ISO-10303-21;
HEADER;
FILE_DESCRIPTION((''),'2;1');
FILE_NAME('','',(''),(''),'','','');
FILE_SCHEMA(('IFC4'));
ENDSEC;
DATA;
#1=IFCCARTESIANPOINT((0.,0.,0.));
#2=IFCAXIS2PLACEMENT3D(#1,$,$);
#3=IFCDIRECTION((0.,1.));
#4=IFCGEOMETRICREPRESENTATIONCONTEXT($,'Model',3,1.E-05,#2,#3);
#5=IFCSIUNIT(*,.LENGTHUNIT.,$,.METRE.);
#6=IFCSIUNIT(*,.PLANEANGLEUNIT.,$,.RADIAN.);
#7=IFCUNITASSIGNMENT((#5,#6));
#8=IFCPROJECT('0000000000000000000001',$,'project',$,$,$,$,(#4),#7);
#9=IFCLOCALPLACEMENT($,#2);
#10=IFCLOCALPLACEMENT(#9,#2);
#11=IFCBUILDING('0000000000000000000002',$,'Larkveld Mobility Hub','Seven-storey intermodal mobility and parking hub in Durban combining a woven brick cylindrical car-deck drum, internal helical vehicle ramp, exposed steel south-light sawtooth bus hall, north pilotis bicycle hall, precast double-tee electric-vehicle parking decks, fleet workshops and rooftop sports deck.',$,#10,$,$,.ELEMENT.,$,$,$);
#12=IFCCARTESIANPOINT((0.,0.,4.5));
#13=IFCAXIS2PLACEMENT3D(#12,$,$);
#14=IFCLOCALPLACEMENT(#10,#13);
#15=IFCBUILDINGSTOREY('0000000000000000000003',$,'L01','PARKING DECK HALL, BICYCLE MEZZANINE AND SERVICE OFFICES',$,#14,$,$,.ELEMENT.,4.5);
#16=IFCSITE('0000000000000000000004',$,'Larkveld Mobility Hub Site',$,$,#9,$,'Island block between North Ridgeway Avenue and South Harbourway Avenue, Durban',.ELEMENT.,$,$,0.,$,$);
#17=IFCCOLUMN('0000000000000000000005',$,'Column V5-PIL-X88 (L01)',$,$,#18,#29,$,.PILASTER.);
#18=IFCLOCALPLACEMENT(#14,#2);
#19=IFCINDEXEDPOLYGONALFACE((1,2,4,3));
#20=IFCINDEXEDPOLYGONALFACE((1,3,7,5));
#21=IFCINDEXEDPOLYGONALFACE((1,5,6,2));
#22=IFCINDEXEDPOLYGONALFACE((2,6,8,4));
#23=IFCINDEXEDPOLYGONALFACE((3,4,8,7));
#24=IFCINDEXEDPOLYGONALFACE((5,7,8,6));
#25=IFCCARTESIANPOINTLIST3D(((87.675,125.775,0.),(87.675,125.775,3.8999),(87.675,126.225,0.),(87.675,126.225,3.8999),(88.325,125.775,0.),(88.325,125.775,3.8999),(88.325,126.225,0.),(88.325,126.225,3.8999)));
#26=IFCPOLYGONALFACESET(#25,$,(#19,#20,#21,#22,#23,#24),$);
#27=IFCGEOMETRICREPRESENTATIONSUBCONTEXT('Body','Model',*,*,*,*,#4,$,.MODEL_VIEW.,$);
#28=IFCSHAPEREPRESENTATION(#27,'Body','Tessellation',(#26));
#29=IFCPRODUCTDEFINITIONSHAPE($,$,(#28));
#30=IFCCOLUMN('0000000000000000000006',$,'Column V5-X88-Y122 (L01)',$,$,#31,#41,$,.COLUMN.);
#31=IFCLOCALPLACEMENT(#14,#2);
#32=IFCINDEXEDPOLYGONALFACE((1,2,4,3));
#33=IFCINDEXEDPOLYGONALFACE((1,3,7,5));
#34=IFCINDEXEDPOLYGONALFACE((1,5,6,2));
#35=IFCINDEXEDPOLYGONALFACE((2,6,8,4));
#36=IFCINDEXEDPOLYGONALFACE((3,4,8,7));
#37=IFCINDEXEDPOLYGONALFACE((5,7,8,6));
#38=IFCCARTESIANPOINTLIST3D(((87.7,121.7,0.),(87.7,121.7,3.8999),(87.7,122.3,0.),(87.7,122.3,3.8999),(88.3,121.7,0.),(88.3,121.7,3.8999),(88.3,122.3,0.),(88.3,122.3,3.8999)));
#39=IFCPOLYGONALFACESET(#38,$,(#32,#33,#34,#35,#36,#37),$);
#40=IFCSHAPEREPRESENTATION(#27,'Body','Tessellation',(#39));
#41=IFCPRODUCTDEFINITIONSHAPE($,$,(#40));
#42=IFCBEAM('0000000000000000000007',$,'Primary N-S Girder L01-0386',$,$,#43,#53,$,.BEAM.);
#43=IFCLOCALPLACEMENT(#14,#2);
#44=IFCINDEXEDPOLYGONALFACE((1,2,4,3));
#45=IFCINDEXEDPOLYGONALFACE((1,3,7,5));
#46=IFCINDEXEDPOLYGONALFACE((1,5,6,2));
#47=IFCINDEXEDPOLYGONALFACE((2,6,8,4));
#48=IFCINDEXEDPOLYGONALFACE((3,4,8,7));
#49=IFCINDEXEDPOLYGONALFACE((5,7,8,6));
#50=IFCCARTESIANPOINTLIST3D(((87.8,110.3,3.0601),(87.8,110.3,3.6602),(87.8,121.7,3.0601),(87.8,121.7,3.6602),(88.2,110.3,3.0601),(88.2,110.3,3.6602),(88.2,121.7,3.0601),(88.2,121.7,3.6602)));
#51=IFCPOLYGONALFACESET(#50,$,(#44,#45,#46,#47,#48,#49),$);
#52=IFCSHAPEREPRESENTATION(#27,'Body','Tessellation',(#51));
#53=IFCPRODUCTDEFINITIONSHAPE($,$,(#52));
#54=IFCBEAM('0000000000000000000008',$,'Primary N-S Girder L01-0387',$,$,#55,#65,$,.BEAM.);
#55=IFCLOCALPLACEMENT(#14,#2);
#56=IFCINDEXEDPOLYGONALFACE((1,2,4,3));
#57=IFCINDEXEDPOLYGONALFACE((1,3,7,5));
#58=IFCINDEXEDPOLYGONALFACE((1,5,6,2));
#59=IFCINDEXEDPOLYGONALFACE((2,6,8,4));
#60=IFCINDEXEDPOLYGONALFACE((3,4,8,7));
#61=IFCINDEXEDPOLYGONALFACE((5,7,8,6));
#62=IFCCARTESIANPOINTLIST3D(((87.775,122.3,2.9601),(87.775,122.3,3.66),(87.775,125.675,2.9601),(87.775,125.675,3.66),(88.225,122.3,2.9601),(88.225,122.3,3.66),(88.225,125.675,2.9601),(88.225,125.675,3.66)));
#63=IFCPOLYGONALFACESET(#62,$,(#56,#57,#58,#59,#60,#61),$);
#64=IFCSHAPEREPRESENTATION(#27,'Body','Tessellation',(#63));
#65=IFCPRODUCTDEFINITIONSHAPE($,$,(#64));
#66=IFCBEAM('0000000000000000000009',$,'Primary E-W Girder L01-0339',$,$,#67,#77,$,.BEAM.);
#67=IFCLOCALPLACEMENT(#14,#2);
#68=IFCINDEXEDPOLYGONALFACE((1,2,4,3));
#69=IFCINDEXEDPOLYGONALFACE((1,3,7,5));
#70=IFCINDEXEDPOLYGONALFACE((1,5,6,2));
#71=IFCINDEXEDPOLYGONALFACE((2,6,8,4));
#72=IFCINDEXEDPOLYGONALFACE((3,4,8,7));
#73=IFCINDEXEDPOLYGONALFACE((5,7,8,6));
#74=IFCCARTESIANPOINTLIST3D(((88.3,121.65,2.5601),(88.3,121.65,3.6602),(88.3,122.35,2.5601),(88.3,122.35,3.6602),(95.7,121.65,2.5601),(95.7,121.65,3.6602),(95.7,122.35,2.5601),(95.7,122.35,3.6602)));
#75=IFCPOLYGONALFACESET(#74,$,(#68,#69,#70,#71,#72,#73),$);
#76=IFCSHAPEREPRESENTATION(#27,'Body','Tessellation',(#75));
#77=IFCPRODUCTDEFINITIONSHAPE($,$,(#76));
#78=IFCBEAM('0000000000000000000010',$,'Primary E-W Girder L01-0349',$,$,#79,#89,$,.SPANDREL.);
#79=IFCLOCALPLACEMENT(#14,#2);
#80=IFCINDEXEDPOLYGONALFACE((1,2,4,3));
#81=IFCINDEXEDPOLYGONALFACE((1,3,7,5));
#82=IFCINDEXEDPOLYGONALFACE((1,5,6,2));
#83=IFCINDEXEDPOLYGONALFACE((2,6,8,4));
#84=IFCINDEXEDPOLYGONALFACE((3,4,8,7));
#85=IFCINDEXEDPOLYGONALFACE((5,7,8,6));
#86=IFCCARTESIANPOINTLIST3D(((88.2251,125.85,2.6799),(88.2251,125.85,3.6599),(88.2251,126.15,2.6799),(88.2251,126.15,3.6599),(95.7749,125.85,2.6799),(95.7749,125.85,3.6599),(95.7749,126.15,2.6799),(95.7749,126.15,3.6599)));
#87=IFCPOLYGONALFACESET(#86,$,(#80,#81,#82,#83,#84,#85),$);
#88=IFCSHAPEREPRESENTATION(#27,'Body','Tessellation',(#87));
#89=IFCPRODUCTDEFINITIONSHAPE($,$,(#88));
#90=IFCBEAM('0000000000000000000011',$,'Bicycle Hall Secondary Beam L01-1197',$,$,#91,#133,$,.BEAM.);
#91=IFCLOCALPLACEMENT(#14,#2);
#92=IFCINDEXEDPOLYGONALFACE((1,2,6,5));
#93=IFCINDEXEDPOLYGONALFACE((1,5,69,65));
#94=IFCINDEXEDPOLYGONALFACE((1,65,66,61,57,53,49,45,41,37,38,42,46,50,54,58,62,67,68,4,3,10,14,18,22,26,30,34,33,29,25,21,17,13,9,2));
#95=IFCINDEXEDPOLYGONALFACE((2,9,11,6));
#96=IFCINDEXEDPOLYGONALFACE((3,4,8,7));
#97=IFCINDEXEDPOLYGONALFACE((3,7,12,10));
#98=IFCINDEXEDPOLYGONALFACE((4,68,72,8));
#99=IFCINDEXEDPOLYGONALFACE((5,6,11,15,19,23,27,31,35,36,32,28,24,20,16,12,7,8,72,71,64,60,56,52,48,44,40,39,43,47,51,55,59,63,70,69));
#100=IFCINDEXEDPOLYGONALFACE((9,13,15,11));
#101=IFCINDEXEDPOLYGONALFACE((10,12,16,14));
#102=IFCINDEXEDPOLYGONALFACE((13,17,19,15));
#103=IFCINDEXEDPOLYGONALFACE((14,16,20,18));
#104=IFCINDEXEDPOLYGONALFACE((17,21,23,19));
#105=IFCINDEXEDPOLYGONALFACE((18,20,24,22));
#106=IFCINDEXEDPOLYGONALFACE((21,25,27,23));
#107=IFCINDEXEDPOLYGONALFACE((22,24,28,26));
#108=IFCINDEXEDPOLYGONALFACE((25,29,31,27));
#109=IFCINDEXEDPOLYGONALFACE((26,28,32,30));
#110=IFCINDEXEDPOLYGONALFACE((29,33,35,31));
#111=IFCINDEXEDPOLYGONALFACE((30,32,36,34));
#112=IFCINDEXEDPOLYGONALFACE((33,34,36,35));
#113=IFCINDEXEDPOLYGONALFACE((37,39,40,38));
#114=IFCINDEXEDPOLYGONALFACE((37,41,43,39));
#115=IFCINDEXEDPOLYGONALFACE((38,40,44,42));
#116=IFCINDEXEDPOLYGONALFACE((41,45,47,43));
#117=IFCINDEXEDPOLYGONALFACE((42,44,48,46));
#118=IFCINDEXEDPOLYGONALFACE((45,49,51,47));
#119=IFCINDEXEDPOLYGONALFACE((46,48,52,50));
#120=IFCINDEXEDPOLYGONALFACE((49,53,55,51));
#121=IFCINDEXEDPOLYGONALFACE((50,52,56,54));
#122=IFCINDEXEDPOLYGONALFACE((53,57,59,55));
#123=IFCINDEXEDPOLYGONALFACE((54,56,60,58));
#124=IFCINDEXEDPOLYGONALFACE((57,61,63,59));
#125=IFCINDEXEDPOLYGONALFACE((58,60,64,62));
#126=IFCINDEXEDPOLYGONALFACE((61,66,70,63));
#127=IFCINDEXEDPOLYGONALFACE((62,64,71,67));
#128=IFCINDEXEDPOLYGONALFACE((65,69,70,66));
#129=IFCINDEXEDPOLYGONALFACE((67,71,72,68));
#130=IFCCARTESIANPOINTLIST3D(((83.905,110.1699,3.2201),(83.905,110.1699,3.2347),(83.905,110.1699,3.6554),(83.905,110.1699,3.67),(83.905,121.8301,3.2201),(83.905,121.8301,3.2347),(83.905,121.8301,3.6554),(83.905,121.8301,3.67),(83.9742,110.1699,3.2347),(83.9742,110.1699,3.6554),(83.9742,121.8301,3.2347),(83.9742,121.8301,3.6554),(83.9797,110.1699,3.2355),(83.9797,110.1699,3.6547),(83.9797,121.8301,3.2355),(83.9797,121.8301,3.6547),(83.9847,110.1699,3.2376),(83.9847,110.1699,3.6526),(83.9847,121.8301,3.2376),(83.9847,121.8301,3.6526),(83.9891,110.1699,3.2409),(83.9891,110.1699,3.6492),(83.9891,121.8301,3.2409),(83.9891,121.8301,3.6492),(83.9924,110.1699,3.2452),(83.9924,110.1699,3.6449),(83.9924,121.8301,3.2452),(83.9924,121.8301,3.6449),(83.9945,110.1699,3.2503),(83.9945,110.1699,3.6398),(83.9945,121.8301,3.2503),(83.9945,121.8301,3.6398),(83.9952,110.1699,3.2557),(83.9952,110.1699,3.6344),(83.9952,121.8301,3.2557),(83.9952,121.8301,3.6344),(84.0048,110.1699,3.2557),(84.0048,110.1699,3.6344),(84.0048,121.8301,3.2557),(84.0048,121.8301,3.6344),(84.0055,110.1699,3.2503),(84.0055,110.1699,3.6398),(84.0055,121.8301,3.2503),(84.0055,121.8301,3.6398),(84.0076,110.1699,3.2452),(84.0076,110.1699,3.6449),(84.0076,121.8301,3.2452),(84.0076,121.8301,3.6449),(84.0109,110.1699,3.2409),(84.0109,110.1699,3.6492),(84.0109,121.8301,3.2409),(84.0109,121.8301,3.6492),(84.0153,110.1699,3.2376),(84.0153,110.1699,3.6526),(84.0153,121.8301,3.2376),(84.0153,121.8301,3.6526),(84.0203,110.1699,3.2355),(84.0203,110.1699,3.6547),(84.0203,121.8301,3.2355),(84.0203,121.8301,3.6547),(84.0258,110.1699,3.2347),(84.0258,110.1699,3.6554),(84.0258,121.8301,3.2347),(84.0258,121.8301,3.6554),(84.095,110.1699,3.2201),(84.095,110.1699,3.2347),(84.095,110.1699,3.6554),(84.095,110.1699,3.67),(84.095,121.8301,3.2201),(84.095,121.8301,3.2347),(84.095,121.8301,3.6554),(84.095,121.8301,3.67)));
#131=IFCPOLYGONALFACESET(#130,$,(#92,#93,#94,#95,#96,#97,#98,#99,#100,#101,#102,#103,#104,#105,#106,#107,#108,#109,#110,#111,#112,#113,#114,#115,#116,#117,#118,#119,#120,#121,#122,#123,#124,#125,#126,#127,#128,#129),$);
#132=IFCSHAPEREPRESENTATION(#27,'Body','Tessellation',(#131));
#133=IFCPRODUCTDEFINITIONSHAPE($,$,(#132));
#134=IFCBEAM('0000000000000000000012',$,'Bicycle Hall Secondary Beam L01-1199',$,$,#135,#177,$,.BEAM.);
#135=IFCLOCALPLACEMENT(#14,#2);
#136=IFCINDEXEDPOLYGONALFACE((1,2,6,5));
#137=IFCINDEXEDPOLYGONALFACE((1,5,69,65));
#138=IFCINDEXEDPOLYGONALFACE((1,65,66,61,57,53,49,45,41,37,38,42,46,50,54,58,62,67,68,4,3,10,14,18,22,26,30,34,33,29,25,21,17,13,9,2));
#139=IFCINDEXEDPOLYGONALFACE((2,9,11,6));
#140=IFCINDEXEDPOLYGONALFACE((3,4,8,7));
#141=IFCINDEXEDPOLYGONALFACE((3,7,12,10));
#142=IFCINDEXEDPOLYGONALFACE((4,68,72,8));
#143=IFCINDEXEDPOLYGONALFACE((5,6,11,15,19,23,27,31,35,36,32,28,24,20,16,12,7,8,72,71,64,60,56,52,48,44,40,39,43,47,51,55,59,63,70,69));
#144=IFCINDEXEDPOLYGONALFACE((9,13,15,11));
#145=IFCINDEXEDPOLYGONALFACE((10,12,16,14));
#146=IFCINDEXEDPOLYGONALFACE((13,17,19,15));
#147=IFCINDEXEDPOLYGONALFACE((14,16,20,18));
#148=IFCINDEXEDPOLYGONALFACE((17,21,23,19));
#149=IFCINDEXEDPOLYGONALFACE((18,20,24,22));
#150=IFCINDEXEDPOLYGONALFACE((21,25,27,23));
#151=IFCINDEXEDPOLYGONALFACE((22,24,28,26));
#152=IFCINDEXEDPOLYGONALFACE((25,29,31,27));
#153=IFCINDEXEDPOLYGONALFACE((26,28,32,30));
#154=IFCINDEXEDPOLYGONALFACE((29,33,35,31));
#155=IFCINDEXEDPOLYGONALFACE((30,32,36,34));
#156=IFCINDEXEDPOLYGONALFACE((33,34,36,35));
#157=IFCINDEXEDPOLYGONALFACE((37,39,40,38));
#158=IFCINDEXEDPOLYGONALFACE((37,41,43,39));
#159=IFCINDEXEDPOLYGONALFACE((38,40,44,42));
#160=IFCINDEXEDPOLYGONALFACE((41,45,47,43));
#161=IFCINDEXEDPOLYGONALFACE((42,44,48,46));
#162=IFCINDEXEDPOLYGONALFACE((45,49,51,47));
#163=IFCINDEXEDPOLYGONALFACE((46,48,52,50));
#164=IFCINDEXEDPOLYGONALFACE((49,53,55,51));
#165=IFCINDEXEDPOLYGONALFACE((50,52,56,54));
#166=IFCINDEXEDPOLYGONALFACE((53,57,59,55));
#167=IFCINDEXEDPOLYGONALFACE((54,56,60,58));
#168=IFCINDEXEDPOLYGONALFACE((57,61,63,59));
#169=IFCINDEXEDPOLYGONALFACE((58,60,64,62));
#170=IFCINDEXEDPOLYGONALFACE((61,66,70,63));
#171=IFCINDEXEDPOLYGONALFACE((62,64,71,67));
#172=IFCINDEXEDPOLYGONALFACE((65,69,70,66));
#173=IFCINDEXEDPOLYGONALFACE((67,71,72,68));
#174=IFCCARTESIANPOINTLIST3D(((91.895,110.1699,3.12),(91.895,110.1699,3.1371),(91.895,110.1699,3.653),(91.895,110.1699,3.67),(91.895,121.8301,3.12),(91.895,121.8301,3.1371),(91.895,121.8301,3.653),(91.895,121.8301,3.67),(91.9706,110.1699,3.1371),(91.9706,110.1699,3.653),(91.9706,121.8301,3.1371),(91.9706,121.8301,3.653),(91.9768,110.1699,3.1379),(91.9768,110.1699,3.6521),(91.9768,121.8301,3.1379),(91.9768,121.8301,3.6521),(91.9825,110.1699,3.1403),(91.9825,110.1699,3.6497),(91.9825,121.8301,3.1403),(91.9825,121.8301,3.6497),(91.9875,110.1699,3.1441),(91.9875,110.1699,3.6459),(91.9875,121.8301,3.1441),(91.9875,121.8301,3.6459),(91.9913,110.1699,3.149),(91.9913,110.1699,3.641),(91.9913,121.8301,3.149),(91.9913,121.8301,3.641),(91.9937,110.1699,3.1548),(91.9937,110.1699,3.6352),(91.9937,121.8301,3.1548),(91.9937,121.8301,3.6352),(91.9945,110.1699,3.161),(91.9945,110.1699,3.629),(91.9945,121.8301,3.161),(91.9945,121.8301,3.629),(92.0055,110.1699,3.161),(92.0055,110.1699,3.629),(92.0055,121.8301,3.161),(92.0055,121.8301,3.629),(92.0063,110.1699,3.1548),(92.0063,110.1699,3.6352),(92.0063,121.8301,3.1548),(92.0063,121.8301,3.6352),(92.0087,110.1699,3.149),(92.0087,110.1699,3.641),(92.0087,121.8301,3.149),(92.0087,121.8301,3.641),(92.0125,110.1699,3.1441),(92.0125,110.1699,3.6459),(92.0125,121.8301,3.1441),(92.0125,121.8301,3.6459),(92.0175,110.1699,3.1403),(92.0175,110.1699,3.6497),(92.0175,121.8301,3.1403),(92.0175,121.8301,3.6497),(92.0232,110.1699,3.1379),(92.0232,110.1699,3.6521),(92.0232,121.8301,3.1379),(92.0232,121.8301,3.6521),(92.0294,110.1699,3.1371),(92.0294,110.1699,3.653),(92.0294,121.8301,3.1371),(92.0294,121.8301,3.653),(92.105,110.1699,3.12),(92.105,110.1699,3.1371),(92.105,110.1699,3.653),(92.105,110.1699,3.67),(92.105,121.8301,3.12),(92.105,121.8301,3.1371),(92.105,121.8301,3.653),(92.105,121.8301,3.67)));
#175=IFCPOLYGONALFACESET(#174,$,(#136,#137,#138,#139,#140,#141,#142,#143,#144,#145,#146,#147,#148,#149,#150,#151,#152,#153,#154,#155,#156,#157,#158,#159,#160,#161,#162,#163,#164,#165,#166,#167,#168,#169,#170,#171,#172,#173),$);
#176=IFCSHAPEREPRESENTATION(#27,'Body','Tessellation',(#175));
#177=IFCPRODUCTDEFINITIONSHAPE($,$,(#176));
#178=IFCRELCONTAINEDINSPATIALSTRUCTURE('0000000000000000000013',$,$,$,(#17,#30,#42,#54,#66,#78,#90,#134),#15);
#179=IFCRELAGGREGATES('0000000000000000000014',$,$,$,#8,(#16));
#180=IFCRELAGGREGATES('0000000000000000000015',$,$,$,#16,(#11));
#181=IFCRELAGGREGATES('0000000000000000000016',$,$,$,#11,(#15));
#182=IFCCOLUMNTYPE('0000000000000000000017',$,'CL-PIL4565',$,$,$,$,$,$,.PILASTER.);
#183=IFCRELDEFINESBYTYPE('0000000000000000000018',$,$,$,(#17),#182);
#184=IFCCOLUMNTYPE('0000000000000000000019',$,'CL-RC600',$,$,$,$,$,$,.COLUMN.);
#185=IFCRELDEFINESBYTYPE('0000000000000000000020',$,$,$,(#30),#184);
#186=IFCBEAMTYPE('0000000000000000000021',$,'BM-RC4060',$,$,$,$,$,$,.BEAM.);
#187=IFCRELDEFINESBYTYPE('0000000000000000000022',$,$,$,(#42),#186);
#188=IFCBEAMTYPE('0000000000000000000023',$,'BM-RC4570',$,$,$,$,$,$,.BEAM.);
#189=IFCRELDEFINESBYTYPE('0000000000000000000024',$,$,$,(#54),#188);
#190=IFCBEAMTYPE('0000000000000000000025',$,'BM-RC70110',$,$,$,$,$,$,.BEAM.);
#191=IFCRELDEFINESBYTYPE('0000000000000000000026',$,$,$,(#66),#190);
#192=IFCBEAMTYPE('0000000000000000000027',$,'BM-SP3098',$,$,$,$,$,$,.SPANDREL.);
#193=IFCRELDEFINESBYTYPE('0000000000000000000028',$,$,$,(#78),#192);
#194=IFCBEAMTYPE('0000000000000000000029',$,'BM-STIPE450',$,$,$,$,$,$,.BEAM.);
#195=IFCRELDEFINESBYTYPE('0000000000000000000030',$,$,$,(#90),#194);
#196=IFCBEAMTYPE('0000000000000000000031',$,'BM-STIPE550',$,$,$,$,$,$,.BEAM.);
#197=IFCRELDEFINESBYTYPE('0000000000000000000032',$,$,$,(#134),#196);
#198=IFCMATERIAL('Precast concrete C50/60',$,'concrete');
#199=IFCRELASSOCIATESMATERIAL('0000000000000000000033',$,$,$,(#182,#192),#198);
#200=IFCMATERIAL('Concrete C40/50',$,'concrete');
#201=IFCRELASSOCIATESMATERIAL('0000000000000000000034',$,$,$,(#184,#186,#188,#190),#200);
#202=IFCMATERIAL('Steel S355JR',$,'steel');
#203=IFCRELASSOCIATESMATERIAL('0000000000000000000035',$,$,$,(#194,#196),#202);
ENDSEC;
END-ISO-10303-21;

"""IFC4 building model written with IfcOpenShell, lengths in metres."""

from ifc_helpers import new_model, si_unit, direction, frame, origin, origin_2d, place, context, subcontext, project, spatial, rectangle, i_section, extrude, material, material_profile, profile_set, type_object, element, save


model = new_model("IFC4")

# Units and contexts
model_context = context("Model", 3, precision=1e-05, world=origin(), true_north=direction((0.0, 1.0)))
body_context = subcontext(model_context, "Body", "Model", "MODEL_VIEW")
ifc_project = project(units=[si_unit("LENGTHUNIT", "METRE"), si_unit("PLANEANGLEUNIT", "RADIAN")], contexts=[model_context])

# Site, building, storey
site_placement = place(None, origin())
site = spatial("IfcSite", under=ifc_project, at=site_placement, Name="Larkveld Mobility Hub Site", LongName="Island block between North Ridgeway Avenue and South Harbourway Avenue, Durban", CompositionType="ELEMENT", RefElevation=0.0)
building_placement = place(site_placement, origin())
building = spatial("IfcBuilding", under=site, at=building_placement, Name="Larkveld Mobility Hub", Description="Seven-storey intermodal mobility and parking hub in Durban combining a woven brick cylindrical car-deck drum, internal helical vehicle ramp, exposed steel south-light sawtooth bus hall, north pilotis bicycle hall, precast double-tee electric-vehicle parking decks, fleet workshops and rooftop sports deck.", CompositionType="ELEMENT")
storey_placement = place(building_placement, frame((0.0, 0.0, 4.5)))
storey = spatial("IfcBuildingStorey", under=building, at=storey_placement, Name="L01", Description="PARKING DECK HALL, BICYCLE MEZZANINE AND SERVICE OFFICES", CompositionType="ELEMENT", Elevation=4.5)

# Columns
ifc_material_1 = material(Name="Precast concrete C50/60", Category="concrete")
ifc_material_profile_1 = material_profile(ifc_material_1, rectangle(XDim=0.45, YDim=0.6499, at=origin_2d()), Name="PC PIL 450x650")
ifc_profile_set_1 = profile_set([ifc_material_profile_1], Name="Precast concrete C50/60")
column_type_1 = type_object("IfcColumnType", Name="CL-PIL4565", PredefinedType="PILASTER", material=ifc_profile_set_1)
column_1_placement = place(storey_placement, frame((88.0, 126.0, 0.0), z_axis=(0.0, 0.0, 1.0), x_axis=(0.0, 1.0, 0.0)))
element("IfcColumn", 1, at=column_1_placement, inside=storey, type_object=column_type_1, Name="Column V5-PIL-X88 (L01)", PredefinedType="PILASTER", context=body_context, shape_type="SweptSolid", body=[
    extrude(rectangle(XDim=0.45, YDim=0.6499, at=origin_2d()), origin(), (0.0, 0.0, 1.0), 3.8999),
])
ifc_material_2 = material(Name="Concrete C40/50", Category="concrete")
ifc_material_profile_2 = material_profile(ifc_material_2, rectangle(XDim=0.6001, YDim=0.6001, at=origin_2d()), Name="RC COL 600x600")
ifc_profile_set_2 = profile_set([ifc_material_profile_2], Name="Concrete C40/50")
column_type_2 = type_object("IfcColumnType", Name="CL-RC600", PredefinedType="COLUMN", material=ifc_profile_set_2)
column_2_placement = place(storey_placement, frame((88.0, 122.0, 0.0), z_axis=(0.0, 0.0, 1.0), x_axis=(1.0, 0.0, 0.0)))
element("IfcColumn", 2, at=column_2_placement, inside=storey, type_object=column_type_2, Name="Column V5-X88-Y122 (L01)", PredefinedType="COLUMN", context=body_context, shape_type="SweptSolid", body=[
    extrude(rectangle(XDim=0.6001, YDim=0.6001, at=origin_2d()), origin(), (0.0, 0.0, 1.0), 3.8999),
])

# Beams
ifc_material_profile_3 = material_profile(ifc_material_2, rectangle(XDim=0.3999, YDim=0.6001, at=origin_2d()), Name="RC BM 400x600")
ifc_profile_set_3 = profile_set([ifc_material_profile_3], Name="Concrete C40/50")
beam_type_1 = type_object("IfcBeamType", Name="BM-RC4060", PredefinedType="BEAM", material=ifc_profile_set_3)
beam_1_placement = place(storey_placement, frame((88.0, 110.3, 3.3601), z_axis=(0.0, 1.0, 0.0), x_axis=(-1.0, 0.0, 0.0)))
element("IfcBeam", 3, at=beam_1_placement, inside=storey, type_object=beam_type_1, Name="Primary N-S Girder L01-0386", PredefinedType="BEAM", context=body_context, shape_type="SweptSolid", body=[
    extrude(rectangle(XDim=0.3999, YDim=0.6001, at=origin_2d()), origin(), (0.0, 0.0, 1.0), 11.3999),
])
ifc_material_profile_4 = material_profile(ifc_material_2, rectangle(XDim=0.45, YDim=0.7, at=origin_2d()), Name="RC BM 450x700")
ifc_profile_set_4 = profile_set([ifc_material_profile_4], Name="Concrete C40/50")
beam_type_2 = type_object("IfcBeamType", Name="BM-RC4570", PredefinedType="BEAM", material=ifc_profile_set_4)
beam_2_placement = place(storey_placement, frame((88.0, 122.3, 3.3101), z_axis=(0.0, 1.0, 0.0), x_axis=(-1.0, 0.0, 0.0)))
element("IfcBeam", 4, at=beam_2_placement, inside=storey, type_object=beam_type_2, Name="Primary N-S Girder L01-0387", PredefinedType="BEAM", context=body_context, shape_type="SweptSolid", body=[
    extrude(rectangle(XDim=0.45, YDim=0.7, at=origin_2d()), origin(), (0.0, 0.0, 1.0), 3.375),
])
ifc_material_profile_5 = material_profile(ifc_material_2, rectangle(XDim=0.7, YDim=1.1001, at=origin_2d()), Name="RC BM 700x1100")
ifc_profile_set_5 = profile_set([ifc_material_profile_5], Name="Concrete C40/50")
beam_type_3 = type_object("IfcBeamType", Name="BM-RC70110", PredefinedType="BEAM", material=ifc_profile_set_5)
beam_3_placement = place(storey_placement, frame((88.3, 122.0, 3.1101), z_axis=(1.0, 0.0, 0.0), x_axis=(0.0, 1.0, 0.0)))
element("IfcBeam", 5, at=beam_3_placement, inside=storey, type_object=beam_type_3, Name="Primary E-W Girder L01-0339", PredefinedType="BEAM", context=body_context, shape_type="SweptSolid", body=[
    extrude(rectangle(XDim=0.7, YDim=1.1001, at=origin_2d()), origin(), (0.0, 0.0, 1.0), 7.3999),
])
ifc_material_profile_6 = material_profile(ifc_material_1, rectangle(XDim=0.3, YDim=0.98, at=origin_2d()), Name="PC SP 300x980")
ifc_profile_set_6 = profile_set([ifc_material_profile_6], Name="Precast concrete C50/60")
beam_type_4 = type_object("IfcBeamType", Name="BM-SP3098", PredefinedType="SPANDREL", material=ifc_profile_set_6)
beam_4_placement = place(storey_placement, frame((88.2251, 126.0, 3.1699), z_axis=(1.0, 0.0, 0.0), x_axis=(0.0, 1.0, 0.0)))
element("IfcBeam", 6, at=beam_4_placement, inside=storey, type_object=beam_type_4, Name="Primary E-W Girder L01-0349", PredefinedType="SPANDREL", context=body_context, shape_type="SweptSolid", body=[
    extrude(rectangle(XDim=0.3, YDim=0.98, at=origin_2d()), origin(), (0.0, 0.0, 1.0), 7.5498),
])
ifc_material_3 = material(Name="Steel S355JR", Category="steel")
ifc_material_profile_7 = material_profile(ifc_material_3, i_section(OverallWidth=0.1899, OverallDepth=0.45, WebThickness=0.0095, FlangeThickness=0.0146, FilletRadius=0.021, at=origin_2d()), Name="IPE 450")
ifc_profile_set_7 = profile_set([ifc_material_profile_7], Name="Steel S355JR")
beam_type_5 = type_object("IfcBeamType", Name="BM-STIPE450", PredefinedType="BEAM", material=ifc_profile_set_7)
beam_5_placement = place(storey_placement, frame((84.0, 110.1699, 3.4451), z_axis=(0.0, 1.0, 0.0), x_axis=(-1.0, 0.0, 0.0)))
element("IfcBeam", 7, at=beam_5_placement, inside=storey, type_object=beam_type_5, Name="Bicycle Hall Secondary Beam L01-1197", PredefinedType="BEAM", context=body_context, shape_type="SweptSolid", body=[
    extrude(i_section(OverallWidth=0.1899, OverallDepth=0.45, WebThickness=0.0095, FlangeThickness=0.0146, FilletRadius=0.021, at=origin_2d()), origin(), (0.0, 0.0, 1.0), 11.6602),
])
ifc_material_profile_8 = material_profile(ifc_material_3, i_section(OverallWidth=0.21, OverallDepth=0.55, WebThickness=0.011, FlangeThickness=0.0171, FilletRadius=0.0239, at=origin_2d()), Name="IPE 550")
ifc_profile_set_8 = profile_set([ifc_material_profile_8], Name="Steel S355JR")
beam_type_6 = type_object("IfcBeamType", Name="BM-STIPE550", PredefinedType="BEAM", material=ifc_profile_set_8)
beam_6_placement = place(storey_placement, frame((92.0, 110.1699, 3.395), z_axis=(0.0, 1.0, 0.0), x_axis=(-1.0, 0.0, 0.0)))
element("IfcBeam", 8, at=beam_6_placement, inside=storey, type_object=beam_type_6, Name="Bicycle Hall Secondary Beam L01-1199", PredefinedType="BEAM", context=body_context, shape_type="SweptSolid", body=[
    extrude(i_section(OverallWidth=0.21, OverallDepth=0.55, WebThickness=0.011, FlangeThickness=0.0171, FilletRadius=0.0239, at=origin_2d()), origin(), (0.0, 0.0, 1.0), 11.6602),
])

save(model, "model.ifc")
